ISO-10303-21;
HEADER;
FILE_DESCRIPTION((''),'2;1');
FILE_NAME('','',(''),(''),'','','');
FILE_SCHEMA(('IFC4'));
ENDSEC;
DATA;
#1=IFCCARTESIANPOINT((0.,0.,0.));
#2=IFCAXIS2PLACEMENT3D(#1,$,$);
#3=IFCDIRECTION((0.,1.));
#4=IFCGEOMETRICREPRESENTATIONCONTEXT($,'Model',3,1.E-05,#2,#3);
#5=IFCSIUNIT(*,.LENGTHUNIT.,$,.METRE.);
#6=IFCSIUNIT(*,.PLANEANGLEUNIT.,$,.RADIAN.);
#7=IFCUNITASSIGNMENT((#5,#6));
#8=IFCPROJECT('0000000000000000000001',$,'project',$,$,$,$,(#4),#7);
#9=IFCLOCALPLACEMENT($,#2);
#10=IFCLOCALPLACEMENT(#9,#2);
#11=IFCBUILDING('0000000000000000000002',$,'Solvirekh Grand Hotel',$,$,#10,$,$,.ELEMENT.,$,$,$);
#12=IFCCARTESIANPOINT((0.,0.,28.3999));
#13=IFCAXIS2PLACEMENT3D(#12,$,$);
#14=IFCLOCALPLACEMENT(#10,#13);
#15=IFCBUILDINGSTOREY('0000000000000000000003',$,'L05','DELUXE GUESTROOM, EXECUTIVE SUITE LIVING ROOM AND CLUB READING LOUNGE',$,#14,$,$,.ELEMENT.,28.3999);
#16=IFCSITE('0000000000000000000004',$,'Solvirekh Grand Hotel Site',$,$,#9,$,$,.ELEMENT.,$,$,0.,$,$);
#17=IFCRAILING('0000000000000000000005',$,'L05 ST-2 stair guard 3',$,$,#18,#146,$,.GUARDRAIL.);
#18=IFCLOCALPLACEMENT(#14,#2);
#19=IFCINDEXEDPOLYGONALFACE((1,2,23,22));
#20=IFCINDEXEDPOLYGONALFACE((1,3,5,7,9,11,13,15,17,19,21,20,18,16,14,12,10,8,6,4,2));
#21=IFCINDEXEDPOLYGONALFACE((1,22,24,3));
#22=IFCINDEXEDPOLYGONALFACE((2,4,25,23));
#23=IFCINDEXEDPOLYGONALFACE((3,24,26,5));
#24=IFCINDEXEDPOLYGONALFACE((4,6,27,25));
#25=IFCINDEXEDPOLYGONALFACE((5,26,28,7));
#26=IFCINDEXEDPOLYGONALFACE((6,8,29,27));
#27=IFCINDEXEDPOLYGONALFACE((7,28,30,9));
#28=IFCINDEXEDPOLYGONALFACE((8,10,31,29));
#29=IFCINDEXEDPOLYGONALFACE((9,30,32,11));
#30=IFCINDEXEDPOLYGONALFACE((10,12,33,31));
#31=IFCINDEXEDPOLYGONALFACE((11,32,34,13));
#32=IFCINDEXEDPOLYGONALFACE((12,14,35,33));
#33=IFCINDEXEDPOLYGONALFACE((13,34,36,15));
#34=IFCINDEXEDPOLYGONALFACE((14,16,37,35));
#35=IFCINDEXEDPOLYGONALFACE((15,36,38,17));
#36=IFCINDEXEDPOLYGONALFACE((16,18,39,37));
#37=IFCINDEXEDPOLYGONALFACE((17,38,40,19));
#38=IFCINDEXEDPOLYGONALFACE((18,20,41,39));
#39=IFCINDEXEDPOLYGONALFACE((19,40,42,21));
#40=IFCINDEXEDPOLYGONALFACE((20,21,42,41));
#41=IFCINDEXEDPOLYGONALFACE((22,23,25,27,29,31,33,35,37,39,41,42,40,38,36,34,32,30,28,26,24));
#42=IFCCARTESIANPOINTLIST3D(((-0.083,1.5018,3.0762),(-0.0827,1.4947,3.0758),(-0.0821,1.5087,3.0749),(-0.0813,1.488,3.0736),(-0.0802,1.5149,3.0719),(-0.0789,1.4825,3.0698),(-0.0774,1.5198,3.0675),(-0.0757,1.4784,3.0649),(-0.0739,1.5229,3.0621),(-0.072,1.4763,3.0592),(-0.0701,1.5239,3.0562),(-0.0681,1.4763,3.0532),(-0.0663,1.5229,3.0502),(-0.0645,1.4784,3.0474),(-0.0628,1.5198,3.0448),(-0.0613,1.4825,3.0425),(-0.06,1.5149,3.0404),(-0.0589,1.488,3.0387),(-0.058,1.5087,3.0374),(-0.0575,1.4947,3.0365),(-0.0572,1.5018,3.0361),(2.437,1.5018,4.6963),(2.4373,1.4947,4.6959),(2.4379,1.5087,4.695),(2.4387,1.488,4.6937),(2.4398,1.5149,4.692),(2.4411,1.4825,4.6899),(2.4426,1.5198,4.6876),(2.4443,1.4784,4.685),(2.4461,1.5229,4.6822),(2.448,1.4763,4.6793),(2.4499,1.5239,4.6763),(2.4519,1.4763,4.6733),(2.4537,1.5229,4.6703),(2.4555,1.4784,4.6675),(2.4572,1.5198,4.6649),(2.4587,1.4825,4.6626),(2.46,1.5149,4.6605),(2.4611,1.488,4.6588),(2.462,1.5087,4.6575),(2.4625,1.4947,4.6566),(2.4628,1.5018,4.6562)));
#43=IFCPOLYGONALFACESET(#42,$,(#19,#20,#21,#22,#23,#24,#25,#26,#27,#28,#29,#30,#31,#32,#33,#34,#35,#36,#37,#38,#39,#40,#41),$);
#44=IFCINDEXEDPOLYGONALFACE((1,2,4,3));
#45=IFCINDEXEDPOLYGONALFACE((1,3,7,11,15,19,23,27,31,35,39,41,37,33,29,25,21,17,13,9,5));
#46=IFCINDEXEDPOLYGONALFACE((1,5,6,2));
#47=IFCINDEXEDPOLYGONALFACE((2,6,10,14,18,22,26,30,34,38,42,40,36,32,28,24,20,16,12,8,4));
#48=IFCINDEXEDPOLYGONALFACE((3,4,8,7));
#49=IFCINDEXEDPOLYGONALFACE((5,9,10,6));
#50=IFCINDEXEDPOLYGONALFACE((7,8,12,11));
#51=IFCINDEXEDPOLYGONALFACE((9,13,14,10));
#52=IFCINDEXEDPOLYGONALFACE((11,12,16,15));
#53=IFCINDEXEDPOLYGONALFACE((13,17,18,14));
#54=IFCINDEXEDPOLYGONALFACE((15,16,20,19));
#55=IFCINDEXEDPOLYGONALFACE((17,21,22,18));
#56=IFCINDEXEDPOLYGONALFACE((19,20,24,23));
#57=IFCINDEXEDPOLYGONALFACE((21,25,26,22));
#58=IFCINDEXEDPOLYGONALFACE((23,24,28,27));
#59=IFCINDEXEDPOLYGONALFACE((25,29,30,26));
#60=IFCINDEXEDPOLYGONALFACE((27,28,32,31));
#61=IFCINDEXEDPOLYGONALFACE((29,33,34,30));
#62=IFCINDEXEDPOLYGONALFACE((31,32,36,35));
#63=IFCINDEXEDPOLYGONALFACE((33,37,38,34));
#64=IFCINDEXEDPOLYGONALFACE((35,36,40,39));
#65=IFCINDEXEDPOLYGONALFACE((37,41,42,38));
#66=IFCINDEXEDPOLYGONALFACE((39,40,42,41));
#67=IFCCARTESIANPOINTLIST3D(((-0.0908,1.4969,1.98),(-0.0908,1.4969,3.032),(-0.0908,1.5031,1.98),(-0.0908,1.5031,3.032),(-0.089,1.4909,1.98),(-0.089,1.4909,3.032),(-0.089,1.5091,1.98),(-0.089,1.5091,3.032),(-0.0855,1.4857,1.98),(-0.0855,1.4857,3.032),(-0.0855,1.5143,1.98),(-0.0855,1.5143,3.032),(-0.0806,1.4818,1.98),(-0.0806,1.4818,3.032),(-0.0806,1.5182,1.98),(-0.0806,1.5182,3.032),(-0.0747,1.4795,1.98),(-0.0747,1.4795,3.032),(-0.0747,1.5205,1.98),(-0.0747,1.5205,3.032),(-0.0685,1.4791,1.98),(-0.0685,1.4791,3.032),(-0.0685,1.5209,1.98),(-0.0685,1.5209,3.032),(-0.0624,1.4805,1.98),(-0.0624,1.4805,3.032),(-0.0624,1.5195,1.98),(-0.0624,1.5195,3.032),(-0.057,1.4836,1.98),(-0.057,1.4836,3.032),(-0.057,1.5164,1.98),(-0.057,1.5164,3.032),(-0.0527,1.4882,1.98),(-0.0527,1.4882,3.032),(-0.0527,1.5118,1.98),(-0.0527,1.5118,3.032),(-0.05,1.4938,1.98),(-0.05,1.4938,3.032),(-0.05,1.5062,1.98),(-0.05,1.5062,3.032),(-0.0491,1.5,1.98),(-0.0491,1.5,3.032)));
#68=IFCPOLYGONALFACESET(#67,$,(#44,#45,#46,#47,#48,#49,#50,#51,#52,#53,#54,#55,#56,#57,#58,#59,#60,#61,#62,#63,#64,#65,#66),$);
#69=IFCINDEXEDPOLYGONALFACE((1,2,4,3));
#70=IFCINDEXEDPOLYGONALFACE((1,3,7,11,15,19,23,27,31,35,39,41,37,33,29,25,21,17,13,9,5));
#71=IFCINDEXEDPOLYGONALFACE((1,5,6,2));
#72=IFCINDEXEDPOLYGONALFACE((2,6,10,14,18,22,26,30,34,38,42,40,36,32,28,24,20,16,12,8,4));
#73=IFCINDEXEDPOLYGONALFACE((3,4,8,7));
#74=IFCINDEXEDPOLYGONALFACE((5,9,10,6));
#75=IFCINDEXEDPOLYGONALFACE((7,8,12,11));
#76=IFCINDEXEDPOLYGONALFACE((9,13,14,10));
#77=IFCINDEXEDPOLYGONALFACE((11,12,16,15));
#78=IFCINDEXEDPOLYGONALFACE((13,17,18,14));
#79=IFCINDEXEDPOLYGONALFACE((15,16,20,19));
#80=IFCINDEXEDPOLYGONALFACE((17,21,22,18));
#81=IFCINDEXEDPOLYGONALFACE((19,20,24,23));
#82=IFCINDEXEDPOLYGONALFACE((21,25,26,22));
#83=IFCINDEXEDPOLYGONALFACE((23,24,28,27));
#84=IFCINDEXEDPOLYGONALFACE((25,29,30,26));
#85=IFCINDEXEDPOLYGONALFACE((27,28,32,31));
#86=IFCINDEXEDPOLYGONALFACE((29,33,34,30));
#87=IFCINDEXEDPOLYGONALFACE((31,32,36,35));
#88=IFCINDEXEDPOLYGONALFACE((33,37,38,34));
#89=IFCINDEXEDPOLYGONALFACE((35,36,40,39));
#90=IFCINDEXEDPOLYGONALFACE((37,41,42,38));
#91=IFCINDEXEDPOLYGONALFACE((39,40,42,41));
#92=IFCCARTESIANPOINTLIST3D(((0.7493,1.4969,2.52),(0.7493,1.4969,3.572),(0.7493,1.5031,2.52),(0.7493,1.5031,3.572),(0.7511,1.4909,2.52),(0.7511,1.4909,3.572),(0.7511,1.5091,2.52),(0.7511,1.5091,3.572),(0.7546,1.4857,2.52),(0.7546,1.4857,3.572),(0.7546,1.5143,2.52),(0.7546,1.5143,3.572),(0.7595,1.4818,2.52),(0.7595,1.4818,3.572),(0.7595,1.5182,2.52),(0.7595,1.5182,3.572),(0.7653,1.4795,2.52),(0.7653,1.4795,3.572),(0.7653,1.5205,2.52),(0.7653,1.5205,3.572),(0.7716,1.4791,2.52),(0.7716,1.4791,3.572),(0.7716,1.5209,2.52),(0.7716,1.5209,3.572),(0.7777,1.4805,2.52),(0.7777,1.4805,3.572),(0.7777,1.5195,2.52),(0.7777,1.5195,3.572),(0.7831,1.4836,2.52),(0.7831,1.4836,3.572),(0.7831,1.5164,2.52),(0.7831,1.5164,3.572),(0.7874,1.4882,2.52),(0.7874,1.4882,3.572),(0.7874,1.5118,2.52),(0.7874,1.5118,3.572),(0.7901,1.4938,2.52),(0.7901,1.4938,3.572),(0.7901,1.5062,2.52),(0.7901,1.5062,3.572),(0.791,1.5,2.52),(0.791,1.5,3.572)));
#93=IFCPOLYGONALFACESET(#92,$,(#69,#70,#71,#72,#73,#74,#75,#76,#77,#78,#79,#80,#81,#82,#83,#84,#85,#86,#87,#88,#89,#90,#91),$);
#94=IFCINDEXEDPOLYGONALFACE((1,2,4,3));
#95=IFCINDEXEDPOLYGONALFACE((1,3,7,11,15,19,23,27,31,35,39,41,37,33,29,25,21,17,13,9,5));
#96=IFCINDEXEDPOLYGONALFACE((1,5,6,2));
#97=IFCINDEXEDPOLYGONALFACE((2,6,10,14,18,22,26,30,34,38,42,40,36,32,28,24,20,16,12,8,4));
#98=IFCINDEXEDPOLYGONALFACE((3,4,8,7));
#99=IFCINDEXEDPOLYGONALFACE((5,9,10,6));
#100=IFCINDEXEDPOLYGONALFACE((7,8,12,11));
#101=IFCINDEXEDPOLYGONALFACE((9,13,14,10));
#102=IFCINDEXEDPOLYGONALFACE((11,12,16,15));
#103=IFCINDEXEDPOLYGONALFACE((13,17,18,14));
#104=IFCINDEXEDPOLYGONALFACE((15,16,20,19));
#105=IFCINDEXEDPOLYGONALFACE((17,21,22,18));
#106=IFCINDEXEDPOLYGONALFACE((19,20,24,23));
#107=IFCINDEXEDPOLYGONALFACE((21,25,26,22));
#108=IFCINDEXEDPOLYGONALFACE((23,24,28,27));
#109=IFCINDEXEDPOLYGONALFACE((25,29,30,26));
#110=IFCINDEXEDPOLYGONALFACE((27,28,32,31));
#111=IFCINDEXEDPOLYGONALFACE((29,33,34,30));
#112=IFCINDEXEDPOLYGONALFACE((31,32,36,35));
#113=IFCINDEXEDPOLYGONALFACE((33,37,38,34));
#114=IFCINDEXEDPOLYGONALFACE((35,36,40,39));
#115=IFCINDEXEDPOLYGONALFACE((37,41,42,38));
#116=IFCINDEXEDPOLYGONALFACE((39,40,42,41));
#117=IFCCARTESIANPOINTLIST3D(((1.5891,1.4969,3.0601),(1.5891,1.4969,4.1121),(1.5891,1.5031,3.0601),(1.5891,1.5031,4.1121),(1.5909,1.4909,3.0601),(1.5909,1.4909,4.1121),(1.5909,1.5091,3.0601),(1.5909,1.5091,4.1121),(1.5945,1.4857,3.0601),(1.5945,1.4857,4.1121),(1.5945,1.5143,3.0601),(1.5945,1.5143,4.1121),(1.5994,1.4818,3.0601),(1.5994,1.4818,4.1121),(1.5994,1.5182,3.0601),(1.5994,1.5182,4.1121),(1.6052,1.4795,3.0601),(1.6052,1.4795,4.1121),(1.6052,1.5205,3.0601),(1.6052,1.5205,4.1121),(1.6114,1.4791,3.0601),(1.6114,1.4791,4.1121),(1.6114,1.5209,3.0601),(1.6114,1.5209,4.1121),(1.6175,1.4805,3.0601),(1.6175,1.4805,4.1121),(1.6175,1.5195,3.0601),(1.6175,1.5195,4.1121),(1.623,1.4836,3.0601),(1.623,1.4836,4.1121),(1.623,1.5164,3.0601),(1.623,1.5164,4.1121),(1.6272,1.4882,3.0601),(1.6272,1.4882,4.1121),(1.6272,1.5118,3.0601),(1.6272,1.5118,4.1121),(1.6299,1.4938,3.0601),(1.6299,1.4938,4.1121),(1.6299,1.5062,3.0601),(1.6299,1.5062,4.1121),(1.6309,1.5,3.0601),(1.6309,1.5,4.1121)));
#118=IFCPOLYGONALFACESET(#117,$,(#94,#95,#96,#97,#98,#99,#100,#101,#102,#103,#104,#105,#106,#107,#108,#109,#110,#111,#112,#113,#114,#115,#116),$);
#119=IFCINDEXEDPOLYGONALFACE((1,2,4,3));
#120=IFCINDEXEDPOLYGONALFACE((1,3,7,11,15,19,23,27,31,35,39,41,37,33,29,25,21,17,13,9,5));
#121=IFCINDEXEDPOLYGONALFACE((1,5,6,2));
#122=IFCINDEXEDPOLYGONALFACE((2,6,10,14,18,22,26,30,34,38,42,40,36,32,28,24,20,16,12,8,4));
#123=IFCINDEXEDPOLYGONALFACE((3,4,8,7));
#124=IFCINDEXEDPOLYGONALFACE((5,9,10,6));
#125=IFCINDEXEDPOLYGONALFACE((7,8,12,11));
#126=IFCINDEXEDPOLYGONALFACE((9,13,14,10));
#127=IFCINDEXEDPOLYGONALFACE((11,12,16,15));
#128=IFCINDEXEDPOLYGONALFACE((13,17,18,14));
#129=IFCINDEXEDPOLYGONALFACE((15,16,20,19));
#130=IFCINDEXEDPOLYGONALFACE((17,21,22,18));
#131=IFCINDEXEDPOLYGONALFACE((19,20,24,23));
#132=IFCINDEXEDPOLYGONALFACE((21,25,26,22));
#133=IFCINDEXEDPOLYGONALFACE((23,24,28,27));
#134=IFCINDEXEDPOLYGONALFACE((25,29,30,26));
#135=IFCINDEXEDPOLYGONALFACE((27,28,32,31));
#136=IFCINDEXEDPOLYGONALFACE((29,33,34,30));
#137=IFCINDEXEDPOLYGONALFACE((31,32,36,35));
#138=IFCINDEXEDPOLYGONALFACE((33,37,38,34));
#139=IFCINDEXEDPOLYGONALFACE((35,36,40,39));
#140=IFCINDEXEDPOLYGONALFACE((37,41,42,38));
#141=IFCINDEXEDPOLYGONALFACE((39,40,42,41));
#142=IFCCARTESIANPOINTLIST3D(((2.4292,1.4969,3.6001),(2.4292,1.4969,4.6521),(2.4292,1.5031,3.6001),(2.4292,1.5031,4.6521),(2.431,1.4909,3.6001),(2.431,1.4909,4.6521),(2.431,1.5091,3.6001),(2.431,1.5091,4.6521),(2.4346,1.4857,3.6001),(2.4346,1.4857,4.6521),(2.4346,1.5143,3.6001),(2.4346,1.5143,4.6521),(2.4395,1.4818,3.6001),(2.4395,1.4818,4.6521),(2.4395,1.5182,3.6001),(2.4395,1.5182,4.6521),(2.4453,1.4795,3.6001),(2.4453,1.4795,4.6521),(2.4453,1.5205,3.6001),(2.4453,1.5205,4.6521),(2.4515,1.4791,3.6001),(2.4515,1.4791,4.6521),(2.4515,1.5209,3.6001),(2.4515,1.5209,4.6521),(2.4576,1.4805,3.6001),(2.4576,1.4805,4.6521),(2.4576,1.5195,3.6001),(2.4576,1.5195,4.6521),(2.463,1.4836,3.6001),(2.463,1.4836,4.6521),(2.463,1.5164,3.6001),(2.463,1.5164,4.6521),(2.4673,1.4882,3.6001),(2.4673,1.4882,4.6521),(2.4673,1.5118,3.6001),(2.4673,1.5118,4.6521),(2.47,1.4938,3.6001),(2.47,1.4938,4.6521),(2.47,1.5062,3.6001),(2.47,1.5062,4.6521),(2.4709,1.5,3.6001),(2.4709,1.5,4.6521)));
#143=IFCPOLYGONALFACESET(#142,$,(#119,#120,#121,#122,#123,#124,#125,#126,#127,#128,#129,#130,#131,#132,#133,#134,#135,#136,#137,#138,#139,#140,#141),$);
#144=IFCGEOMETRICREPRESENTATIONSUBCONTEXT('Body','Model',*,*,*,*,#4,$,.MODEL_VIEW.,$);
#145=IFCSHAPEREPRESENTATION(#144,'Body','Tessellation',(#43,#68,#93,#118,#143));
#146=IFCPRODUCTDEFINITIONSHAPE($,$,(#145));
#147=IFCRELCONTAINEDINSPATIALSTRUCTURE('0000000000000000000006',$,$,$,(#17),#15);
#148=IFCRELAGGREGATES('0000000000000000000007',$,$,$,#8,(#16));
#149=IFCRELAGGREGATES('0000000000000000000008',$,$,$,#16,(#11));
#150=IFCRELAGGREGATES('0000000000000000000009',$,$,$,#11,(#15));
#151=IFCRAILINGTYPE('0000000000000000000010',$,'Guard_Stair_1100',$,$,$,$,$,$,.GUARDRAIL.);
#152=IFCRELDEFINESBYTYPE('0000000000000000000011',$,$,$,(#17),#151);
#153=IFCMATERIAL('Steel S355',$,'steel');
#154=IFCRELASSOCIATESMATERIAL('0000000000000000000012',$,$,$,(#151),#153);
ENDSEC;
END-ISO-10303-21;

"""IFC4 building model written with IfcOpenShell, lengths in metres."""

from ifc_helpers import new_model, si_unit, direction, frame, origin, origin_2d, place, context, subcontext, project, spatial, circle, extrude, material, type_object, element, save


model = new_model("IFC4")

# Units and contexts
model_context = context("Model", 3, precision=1e-05, world=origin(), true_north=direction((0.0, 1.0)))
body_context = subcontext(model_context, "Body", "Model", "MODEL_VIEW")
ifc_project = project(units=[si_unit("LENGTHUNIT", "METRE"), si_unit("PLANEANGLEUNIT", "RADIAN")], contexts=[model_context])

# Site, building, storey
site_placement = place(None, origin())
site = spatial("IfcSite", under=ifc_project, at=site_placement, Name="Solvirekh Grand Hotel Site", CompositionType="ELEMENT", RefElevation=0.0)
building_placement = place(site_placement, origin())
building = spatial("IfcBuilding", under=site, at=building_placement, Name="Solvirekh Grand Hotel", CompositionType="ELEMENT")
storey_placement = place(building_placement, frame((0.0, 0.0, 28.3999)))
storey = spatial("IfcBuildingStorey", under=building, at=storey_placement, Name="L05", Description="DELUXE GUESTROOM, EXECUTIVE SUITE LIVING ROOM AND CLUB READING LOUNGE", CompositionType="ELEMENT", Elevation=28.3999)

# Railing
ifc_material_1 = material(Name="Steel S355", Category="steel")
railing_type_1 = type_object("IfcRailingType", Name="Guard_Stair_1100", PredefinedType="GUARDRAIL", material=ifc_material_1)
railing_1_placement = place(storey_placement, frame((-0.0701, 1.5, 1.98)))
element("IfcRailing", 1, at=railing_1_placement, inside=storey, type_object=railing_type_1, Name="L05 ST-2 stair guard 3", PredefinedType="GUARDRAIL", context=body_context, shape_type="SweptSolid", body=[
    extrude(circle(Radius=0.0239, at=origin_2d()), frame((0.0, 0.0, 1.0762), z_axis=(0.841163, 0.0, 0.540782), x_axis=(0.0, 1.0, 0.0)), (0.0, 0.0, 1.0), 2.9958),
    extrude(circle(Radius=0.021, at=origin_2d()), origin(), (0.0, 0.0, 1.0), 1.052),
    extrude(circle(Radius=0.021, at=origin_2d()), frame((0.8401, 0.0, 0.54)), (0.0, 0.0, 1.0), 1.052),
    extrude(circle(Radius=0.021, at=origin_2d()), frame((1.6799, 0.0, 1.0801)), (0.0, 0.0, 1.0), 1.052),
    extrude(circle(Radius=0.021, at=origin_2d()), frame((2.52, 0.0, 1.6201)), (0.0, 0.0, 1.0), 1.052),
])

save(model, "model.ifc")
